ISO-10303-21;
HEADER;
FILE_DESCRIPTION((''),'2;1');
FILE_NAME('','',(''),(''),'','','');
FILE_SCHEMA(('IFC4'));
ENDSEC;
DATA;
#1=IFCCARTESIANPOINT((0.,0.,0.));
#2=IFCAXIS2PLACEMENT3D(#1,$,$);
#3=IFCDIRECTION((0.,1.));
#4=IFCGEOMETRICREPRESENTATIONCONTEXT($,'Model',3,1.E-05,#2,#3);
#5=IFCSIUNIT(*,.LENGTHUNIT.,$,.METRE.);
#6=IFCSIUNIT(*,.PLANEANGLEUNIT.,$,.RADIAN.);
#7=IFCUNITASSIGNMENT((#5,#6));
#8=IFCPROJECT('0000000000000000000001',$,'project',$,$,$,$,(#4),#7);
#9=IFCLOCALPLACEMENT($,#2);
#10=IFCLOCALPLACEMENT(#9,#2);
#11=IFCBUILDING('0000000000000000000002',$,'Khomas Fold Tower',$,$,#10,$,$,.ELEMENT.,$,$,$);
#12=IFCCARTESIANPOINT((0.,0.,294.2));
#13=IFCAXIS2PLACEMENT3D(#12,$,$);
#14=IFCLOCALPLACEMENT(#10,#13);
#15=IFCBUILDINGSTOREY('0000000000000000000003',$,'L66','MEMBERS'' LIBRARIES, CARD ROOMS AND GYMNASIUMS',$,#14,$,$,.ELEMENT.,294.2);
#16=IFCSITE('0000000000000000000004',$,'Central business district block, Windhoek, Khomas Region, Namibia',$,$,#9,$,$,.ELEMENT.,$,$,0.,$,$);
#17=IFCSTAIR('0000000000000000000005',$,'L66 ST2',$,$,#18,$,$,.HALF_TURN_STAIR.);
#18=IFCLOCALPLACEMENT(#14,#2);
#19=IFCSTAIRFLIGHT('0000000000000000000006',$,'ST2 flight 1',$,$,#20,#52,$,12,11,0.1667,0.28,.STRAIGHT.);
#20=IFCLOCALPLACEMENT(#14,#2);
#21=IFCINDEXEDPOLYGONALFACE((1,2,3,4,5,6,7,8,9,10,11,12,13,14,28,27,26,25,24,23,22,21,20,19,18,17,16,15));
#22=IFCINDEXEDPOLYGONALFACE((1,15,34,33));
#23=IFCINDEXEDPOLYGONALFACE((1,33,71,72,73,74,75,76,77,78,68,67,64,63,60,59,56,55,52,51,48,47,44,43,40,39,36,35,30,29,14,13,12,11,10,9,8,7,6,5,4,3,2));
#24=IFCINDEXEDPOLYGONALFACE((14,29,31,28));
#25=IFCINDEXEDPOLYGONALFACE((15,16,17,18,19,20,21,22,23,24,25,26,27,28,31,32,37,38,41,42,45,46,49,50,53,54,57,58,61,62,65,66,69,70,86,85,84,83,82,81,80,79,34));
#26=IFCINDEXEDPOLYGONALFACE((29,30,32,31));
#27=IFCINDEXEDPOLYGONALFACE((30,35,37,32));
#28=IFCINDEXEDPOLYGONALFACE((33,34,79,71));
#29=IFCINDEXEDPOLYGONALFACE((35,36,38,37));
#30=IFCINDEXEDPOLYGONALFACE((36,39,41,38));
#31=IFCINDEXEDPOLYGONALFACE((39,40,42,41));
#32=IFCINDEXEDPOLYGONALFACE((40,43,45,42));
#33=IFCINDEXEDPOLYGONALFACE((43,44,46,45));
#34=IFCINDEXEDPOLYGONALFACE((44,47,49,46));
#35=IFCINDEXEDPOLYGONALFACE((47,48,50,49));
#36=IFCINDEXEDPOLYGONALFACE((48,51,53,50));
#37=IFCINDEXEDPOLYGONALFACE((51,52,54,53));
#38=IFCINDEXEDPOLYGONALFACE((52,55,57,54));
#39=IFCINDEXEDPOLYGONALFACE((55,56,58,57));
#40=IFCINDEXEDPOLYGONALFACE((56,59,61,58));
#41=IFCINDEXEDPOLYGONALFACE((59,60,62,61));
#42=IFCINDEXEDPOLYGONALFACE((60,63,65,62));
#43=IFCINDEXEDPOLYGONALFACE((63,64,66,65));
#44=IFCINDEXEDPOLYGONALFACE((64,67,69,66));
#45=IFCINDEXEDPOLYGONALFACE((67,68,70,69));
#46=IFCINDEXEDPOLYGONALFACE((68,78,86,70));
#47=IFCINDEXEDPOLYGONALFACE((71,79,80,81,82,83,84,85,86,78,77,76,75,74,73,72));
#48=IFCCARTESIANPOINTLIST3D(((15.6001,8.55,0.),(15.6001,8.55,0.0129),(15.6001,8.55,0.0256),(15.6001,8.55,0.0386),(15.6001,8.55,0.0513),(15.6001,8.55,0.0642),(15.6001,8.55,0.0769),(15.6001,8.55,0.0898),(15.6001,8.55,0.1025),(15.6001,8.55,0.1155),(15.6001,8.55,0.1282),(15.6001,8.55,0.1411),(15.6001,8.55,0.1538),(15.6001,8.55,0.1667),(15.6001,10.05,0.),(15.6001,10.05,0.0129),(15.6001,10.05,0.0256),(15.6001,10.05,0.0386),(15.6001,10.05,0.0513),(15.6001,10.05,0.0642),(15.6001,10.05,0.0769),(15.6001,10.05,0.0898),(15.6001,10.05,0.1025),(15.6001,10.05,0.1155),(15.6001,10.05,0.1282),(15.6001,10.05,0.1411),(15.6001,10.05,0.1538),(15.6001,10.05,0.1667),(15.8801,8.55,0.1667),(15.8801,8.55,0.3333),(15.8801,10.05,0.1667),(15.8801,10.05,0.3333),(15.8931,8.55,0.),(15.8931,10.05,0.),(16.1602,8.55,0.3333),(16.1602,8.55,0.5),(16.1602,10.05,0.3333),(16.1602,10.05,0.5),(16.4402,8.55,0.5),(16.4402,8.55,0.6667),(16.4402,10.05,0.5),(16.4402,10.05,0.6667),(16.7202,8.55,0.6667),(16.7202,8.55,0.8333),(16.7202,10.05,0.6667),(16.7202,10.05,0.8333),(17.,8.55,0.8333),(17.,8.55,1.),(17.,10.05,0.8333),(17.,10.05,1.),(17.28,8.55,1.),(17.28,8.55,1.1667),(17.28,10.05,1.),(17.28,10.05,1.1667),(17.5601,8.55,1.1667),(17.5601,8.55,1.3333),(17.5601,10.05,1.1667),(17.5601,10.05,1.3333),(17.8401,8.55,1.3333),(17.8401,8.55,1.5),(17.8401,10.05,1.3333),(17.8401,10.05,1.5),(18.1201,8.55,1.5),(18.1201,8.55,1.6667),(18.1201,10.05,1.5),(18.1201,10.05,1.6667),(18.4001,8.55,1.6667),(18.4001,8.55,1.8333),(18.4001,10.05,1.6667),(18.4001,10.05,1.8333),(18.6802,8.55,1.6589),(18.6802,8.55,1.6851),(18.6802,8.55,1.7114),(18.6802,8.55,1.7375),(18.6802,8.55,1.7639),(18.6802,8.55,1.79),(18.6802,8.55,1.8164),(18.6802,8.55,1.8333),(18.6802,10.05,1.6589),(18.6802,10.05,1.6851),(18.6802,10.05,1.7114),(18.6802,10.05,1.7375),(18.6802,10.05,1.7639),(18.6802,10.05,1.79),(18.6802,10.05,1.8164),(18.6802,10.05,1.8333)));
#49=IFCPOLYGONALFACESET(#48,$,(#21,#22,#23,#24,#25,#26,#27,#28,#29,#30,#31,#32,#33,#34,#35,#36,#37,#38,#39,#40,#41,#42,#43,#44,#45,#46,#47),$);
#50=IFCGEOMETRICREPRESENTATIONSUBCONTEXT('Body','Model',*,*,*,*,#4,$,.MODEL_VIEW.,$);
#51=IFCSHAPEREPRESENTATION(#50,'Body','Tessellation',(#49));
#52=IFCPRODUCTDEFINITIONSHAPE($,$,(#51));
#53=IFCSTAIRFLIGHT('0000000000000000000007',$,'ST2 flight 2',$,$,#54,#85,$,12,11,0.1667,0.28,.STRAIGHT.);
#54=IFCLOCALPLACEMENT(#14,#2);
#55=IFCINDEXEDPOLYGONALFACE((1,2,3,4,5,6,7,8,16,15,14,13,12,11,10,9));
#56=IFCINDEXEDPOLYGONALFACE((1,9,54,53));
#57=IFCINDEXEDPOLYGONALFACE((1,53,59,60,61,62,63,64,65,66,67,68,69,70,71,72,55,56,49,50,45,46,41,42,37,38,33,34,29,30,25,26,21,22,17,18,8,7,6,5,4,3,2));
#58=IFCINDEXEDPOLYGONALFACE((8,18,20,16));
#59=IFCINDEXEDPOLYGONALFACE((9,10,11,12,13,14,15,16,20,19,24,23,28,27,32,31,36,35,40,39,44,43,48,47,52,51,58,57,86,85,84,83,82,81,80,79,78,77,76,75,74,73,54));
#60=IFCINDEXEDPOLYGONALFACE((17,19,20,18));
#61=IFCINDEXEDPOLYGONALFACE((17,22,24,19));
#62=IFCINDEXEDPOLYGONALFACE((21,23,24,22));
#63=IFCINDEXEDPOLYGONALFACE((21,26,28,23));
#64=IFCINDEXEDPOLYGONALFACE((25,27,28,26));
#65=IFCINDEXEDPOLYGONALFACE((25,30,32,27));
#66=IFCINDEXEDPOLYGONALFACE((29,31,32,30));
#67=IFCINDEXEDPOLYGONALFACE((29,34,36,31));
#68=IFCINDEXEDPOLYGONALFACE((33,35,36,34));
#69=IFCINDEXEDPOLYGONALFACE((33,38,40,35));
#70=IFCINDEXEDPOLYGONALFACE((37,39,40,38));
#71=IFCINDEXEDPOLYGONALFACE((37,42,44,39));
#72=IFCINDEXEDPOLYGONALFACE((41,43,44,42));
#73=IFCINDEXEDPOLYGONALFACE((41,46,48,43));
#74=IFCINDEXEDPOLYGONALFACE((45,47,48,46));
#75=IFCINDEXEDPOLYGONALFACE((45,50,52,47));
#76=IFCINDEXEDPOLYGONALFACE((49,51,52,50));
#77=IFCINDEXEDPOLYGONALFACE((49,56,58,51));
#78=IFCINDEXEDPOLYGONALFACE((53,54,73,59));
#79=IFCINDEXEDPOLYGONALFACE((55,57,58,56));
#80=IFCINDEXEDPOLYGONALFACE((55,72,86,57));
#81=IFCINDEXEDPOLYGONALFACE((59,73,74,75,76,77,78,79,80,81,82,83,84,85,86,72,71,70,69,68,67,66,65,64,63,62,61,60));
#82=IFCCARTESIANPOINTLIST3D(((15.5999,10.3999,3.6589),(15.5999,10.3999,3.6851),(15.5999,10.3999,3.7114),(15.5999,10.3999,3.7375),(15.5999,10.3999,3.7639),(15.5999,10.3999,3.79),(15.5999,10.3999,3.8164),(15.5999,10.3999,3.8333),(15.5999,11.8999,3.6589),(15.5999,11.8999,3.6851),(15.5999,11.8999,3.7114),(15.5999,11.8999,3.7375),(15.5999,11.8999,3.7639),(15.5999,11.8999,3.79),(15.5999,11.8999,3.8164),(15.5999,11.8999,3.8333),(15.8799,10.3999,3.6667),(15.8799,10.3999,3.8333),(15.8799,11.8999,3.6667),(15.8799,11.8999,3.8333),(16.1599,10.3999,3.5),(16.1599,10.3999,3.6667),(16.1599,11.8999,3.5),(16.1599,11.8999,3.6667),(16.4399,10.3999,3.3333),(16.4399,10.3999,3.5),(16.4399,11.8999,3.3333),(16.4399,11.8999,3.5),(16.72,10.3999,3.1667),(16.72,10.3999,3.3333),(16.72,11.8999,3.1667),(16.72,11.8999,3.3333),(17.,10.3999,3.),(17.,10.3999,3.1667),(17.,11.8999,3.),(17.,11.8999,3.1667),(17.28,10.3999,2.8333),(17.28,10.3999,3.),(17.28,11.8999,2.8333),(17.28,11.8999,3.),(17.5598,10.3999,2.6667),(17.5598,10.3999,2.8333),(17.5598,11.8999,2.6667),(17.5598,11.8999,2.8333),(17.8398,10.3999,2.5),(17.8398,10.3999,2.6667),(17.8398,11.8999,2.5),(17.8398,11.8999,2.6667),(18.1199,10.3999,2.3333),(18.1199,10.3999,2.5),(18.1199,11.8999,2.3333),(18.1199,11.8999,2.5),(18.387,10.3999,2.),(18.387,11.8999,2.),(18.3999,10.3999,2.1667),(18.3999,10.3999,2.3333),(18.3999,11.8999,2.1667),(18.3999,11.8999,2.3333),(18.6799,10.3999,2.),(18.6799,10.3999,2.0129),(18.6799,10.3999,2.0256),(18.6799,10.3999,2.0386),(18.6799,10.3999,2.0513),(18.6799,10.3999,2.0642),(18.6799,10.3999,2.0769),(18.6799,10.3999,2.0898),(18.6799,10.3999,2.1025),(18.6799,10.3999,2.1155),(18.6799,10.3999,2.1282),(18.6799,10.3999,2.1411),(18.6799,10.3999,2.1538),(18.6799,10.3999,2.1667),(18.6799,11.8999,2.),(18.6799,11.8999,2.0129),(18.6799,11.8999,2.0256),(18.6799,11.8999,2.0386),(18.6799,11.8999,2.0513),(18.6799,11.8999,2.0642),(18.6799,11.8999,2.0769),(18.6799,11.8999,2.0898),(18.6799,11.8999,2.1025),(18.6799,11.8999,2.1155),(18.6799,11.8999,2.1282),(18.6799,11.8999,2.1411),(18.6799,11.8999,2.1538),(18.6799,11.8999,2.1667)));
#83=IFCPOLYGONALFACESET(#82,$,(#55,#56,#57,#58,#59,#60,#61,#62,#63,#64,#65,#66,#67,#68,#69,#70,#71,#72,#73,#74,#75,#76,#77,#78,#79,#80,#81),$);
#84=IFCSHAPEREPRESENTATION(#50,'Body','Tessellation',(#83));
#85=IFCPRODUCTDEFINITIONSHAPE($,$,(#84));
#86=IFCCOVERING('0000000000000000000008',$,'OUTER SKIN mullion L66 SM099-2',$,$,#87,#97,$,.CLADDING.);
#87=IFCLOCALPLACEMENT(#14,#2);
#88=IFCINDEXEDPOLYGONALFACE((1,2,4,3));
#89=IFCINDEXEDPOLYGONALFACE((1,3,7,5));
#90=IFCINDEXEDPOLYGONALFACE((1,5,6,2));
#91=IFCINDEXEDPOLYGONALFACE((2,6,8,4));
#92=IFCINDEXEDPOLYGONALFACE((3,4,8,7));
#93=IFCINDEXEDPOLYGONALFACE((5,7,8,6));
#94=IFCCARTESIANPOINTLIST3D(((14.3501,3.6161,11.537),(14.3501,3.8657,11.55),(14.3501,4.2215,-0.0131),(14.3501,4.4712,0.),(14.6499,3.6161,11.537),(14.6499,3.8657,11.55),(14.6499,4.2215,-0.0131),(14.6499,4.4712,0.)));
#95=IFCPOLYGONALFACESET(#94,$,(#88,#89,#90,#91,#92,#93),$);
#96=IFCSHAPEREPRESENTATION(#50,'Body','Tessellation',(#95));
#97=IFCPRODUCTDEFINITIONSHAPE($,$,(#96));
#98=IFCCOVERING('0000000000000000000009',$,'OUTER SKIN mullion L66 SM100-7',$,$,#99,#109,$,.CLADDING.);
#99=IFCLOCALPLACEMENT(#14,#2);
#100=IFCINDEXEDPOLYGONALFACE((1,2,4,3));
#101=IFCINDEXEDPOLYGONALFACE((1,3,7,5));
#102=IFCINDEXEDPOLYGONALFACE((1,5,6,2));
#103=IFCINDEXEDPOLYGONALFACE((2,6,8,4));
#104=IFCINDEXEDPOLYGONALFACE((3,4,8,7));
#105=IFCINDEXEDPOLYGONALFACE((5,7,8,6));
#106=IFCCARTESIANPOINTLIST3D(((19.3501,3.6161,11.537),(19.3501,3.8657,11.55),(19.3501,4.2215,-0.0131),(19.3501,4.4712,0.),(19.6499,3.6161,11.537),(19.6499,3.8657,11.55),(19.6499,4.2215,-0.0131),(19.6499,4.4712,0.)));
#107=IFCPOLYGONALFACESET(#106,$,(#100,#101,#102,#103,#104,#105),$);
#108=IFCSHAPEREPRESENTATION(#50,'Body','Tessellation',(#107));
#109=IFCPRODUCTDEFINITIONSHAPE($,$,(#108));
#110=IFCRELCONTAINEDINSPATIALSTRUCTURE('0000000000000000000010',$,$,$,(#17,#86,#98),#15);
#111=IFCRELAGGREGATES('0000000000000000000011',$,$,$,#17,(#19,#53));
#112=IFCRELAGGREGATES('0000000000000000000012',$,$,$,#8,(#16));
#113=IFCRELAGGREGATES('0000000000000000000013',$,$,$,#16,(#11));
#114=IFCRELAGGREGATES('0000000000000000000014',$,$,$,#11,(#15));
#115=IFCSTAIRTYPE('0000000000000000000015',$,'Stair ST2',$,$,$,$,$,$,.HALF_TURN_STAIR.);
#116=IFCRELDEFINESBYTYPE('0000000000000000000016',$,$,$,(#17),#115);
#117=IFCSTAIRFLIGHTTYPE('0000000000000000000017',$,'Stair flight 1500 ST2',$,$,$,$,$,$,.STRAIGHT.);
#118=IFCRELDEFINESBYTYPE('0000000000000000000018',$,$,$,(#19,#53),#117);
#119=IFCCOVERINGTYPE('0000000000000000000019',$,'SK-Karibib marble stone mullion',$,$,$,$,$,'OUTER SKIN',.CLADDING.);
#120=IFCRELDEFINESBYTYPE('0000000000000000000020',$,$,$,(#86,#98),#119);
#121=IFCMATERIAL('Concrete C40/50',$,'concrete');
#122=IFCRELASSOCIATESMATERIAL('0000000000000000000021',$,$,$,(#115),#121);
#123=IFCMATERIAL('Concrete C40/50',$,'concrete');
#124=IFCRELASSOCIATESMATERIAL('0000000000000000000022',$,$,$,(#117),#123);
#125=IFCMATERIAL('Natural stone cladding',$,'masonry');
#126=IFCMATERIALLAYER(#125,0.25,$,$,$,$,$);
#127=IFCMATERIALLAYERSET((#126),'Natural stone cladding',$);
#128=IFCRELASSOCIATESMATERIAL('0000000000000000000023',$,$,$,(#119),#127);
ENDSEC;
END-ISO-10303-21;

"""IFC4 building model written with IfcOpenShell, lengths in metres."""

from ifc_helpers import new_model, si_unit, direction, frame, origin, place, context, subcontext, project, spatial, polyline, outline, extrude, source, transform, mapped, material, layer, layer_set, type_object, element, aggregate, save


model = new_model("IFC4")

# Units and contexts
model_context = context("Model", 3, precision=1e-05, world=origin(), true_north=direction((0.0, 1.0)))
body_context = subcontext(model_context, "Body", "Model", "MODEL_VIEW")
ifc_project = project(units=[si_unit("LENGTHUNIT", "METRE"), si_unit("PLANEANGLEUNIT", "RADIAN")], contexts=[model_context])

# Site, building, storey
site_placement = place(None, origin())
site = spatial("IfcSite", under=ifc_project, at=site_placement, Name="Central business district block, Windhoek, Khomas Region, Namibia", CompositionType="ELEMENT", RefElevation=0.0)
building_placement = place(site_placement, origin())
building = spatial("IfcBuilding", under=site, at=building_placement, Name="Khomas Fold Tower", CompositionType="ELEMENT")
storey_placement = place(building_placement, frame((0.0, 0.0, 294.2)))
storey = spatial("IfcBuildingStorey", under=building, at=storey_placement, Name="L66", Description="MEMBERS' LIBRARIES, CARD ROOMS AND GYMNASIUMS", CompositionType="ELEMENT", Elevation=294.2)

# Stair, stair flights
ifc_material_1 = material(Name="Concrete C40/50", Category="concrete")
stair_type = type_object("IfcStairType", Name="Stair ST2", PredefinedType="HALF_TURN_STAIR", material=ifc_material_1)
stair_placement = place(storey_placement, origin())
stair = element("IfcStair", 1, at=stair_placement, inside=storey, type_object=stair_type, Name="L66 ST2", PredefinedType="HALF_TURN_STAIR")
ifc_material_2 = material(Name="Concrete C40/50", Category="concrete")
stair_flight_type = type_object("IfcStairFlightType", Name="Stair flight 1500 ST2", PredefinedType="STRAIGHT", material=ifc_material_2)
shared_shape_1 = source(origin(), body_context, "Body", "SweptSolid", [
    extrude(outline(polyline([(0.0, 0.0), (0.0, 0.0129), (0.0, 0.0256), (0.0, 0.0386), (0.0, 0.0513), (0.0, 0.0642), (0.0, 0.0769), (0.0, 0.0898), (0.0, 0.1025), (0.0, 0.1155), (0.0, 0.1282), (0.0, 0.1411), (0.0, 0.1538), (0.0, 0.1667), (0.28, 0.1667), (0.28, 0.3333), (0.5601, 0.3333), (0.5601, 0.5), (0.8401, 0.5), (0.8401, 0.6667), (1.1201, 0.6667), (1.1201, 0.8333), (1.3999, 0.8333), (1.3999, 1.0), (1.6799, 1.0), (1.6799, 1.1667), (1.96, 1.1667), (1.96, 1.3333), (2.24, 1.3333), (2.24, 1.5), (2.52, 1.5), (2.52, 1.6667), (2.8, 1.6667), (2.8, 1.8333), (3.0801, 1.8333), (3.0801, 2.0), (3.0801, 1.9739), (3.0801, 1.9475), (3.0801, 1.9214), (3.0801, 1.895), (3.0801, 1.8689), (3.0801, 1.8425), (3.0801, 1.8164), (3.0801, 1.79), (3.0801, 1.7639), (3.0801, 1.7375), (3.0801, 1.7114), (3.0801, 1.6851), (3.0801, 1.6589), (0.293, 0.0), (0.0, 0.0)])), frame((0.0, 0.75, 0.0), z_axis=(0.0, -1.0, 0.0), x_axis=(1.0, 0.0, 0.0)), (0.0, 0.0, 1.0), 1.5),
])
stair_flight_1_placement = place(storey_placement, frame((15.6001, 9.3, 0.0), z_axis=(0.0, 0.0, 1.0), x_axis=(1.0, 0.0, 0.0)))
stair_flight_1 = element("IfcStairFlight", 2, at=stair_flight_1_placement, type_object=stair_flight_type, Name="ST2 flight 1", NumberOfRisers=12, NumberOfTreads=11, PredefinedType="STRAIGHT", RiserHeight=0.1667, TreadLength=0.28, context=body_context, shape_type="MappedRepresentation", body=[
    mapped(shared_shape_1, transform((0.0, 0.0, 0.0))),
])
stair_flight_2_placement = place(storey_placement, frame((18.6799, 11.1499, 2.0), z_axis=(0.0, 0.0, 1.0), x_axis=(-1.0, 0.0, 0.0)))
stair_flight_2 = element("IfcStairFlight", 3, at=stair_flight_2_placement, type_object=stair_flight_type, Name="ST2 flight 2", NumberOfRisers=12, NumberOfTreads=11, PredefinedType="STRAIGHT", RiserHeight=0.1667, TreadLength=0.28, context=body_context, shape_type="MappedRepresentation", body=[
    mapped(shared_shape_1, transform((0.0, 0.0, 0.0))),
])
aggregate(stair, [stair_flight_1, stair_flight_2])

# Coverings
ifc_material_3 = material(Name="Natural stone cladding", Category="masonry")
ifc_layer_1 = layer(ifc_material_3, 0.25)
ifc_layer_set_1 = layer_set([ifc_layer_1], Name="Natural stone cladding")
covering_type = type_object("IfcCoveringType", Name="SK-Karibib marble stone mullion", ElementType="OUTER SKIN", PredefinedType="CLADDING", material=ifc_layer_set_1)
for number, where, z_axis, x_axis, name in (
    (4, (14.3501, 4.4712, 0.0), (0.0, 0.998629, 0.052349), (0.0, -0.052349, 0.998629), "OUTER SKIN mullion L66 SM099-2"),
    (5, (19.3501, 4.4712, 0.0), (0.0, 0.998629, 0.052349), (0.0, -0.052349, 0.998629), "OUTER SKIN mullion L66 SM100-7"),
):
    element("IfcCovering", number, at=place(storey_placement, frame(where, z_axis=z_axis, x_axis=x_axis)), inside=storey, type_object=covering_type, Name=name, PredefinedType="CLADDING", context=body_context, shape_type="SweptSolid", body=[
        extrude(outline(polyline([(0.0, 0.0), (11.5659, 0.0), (11.5659, 0.2998), (0.0, 0.2998), (0.0, 0.0)])), origin(), (0.0, 0.0, -1.0), 0.25),
    ])

save(model, "model.ifc")
